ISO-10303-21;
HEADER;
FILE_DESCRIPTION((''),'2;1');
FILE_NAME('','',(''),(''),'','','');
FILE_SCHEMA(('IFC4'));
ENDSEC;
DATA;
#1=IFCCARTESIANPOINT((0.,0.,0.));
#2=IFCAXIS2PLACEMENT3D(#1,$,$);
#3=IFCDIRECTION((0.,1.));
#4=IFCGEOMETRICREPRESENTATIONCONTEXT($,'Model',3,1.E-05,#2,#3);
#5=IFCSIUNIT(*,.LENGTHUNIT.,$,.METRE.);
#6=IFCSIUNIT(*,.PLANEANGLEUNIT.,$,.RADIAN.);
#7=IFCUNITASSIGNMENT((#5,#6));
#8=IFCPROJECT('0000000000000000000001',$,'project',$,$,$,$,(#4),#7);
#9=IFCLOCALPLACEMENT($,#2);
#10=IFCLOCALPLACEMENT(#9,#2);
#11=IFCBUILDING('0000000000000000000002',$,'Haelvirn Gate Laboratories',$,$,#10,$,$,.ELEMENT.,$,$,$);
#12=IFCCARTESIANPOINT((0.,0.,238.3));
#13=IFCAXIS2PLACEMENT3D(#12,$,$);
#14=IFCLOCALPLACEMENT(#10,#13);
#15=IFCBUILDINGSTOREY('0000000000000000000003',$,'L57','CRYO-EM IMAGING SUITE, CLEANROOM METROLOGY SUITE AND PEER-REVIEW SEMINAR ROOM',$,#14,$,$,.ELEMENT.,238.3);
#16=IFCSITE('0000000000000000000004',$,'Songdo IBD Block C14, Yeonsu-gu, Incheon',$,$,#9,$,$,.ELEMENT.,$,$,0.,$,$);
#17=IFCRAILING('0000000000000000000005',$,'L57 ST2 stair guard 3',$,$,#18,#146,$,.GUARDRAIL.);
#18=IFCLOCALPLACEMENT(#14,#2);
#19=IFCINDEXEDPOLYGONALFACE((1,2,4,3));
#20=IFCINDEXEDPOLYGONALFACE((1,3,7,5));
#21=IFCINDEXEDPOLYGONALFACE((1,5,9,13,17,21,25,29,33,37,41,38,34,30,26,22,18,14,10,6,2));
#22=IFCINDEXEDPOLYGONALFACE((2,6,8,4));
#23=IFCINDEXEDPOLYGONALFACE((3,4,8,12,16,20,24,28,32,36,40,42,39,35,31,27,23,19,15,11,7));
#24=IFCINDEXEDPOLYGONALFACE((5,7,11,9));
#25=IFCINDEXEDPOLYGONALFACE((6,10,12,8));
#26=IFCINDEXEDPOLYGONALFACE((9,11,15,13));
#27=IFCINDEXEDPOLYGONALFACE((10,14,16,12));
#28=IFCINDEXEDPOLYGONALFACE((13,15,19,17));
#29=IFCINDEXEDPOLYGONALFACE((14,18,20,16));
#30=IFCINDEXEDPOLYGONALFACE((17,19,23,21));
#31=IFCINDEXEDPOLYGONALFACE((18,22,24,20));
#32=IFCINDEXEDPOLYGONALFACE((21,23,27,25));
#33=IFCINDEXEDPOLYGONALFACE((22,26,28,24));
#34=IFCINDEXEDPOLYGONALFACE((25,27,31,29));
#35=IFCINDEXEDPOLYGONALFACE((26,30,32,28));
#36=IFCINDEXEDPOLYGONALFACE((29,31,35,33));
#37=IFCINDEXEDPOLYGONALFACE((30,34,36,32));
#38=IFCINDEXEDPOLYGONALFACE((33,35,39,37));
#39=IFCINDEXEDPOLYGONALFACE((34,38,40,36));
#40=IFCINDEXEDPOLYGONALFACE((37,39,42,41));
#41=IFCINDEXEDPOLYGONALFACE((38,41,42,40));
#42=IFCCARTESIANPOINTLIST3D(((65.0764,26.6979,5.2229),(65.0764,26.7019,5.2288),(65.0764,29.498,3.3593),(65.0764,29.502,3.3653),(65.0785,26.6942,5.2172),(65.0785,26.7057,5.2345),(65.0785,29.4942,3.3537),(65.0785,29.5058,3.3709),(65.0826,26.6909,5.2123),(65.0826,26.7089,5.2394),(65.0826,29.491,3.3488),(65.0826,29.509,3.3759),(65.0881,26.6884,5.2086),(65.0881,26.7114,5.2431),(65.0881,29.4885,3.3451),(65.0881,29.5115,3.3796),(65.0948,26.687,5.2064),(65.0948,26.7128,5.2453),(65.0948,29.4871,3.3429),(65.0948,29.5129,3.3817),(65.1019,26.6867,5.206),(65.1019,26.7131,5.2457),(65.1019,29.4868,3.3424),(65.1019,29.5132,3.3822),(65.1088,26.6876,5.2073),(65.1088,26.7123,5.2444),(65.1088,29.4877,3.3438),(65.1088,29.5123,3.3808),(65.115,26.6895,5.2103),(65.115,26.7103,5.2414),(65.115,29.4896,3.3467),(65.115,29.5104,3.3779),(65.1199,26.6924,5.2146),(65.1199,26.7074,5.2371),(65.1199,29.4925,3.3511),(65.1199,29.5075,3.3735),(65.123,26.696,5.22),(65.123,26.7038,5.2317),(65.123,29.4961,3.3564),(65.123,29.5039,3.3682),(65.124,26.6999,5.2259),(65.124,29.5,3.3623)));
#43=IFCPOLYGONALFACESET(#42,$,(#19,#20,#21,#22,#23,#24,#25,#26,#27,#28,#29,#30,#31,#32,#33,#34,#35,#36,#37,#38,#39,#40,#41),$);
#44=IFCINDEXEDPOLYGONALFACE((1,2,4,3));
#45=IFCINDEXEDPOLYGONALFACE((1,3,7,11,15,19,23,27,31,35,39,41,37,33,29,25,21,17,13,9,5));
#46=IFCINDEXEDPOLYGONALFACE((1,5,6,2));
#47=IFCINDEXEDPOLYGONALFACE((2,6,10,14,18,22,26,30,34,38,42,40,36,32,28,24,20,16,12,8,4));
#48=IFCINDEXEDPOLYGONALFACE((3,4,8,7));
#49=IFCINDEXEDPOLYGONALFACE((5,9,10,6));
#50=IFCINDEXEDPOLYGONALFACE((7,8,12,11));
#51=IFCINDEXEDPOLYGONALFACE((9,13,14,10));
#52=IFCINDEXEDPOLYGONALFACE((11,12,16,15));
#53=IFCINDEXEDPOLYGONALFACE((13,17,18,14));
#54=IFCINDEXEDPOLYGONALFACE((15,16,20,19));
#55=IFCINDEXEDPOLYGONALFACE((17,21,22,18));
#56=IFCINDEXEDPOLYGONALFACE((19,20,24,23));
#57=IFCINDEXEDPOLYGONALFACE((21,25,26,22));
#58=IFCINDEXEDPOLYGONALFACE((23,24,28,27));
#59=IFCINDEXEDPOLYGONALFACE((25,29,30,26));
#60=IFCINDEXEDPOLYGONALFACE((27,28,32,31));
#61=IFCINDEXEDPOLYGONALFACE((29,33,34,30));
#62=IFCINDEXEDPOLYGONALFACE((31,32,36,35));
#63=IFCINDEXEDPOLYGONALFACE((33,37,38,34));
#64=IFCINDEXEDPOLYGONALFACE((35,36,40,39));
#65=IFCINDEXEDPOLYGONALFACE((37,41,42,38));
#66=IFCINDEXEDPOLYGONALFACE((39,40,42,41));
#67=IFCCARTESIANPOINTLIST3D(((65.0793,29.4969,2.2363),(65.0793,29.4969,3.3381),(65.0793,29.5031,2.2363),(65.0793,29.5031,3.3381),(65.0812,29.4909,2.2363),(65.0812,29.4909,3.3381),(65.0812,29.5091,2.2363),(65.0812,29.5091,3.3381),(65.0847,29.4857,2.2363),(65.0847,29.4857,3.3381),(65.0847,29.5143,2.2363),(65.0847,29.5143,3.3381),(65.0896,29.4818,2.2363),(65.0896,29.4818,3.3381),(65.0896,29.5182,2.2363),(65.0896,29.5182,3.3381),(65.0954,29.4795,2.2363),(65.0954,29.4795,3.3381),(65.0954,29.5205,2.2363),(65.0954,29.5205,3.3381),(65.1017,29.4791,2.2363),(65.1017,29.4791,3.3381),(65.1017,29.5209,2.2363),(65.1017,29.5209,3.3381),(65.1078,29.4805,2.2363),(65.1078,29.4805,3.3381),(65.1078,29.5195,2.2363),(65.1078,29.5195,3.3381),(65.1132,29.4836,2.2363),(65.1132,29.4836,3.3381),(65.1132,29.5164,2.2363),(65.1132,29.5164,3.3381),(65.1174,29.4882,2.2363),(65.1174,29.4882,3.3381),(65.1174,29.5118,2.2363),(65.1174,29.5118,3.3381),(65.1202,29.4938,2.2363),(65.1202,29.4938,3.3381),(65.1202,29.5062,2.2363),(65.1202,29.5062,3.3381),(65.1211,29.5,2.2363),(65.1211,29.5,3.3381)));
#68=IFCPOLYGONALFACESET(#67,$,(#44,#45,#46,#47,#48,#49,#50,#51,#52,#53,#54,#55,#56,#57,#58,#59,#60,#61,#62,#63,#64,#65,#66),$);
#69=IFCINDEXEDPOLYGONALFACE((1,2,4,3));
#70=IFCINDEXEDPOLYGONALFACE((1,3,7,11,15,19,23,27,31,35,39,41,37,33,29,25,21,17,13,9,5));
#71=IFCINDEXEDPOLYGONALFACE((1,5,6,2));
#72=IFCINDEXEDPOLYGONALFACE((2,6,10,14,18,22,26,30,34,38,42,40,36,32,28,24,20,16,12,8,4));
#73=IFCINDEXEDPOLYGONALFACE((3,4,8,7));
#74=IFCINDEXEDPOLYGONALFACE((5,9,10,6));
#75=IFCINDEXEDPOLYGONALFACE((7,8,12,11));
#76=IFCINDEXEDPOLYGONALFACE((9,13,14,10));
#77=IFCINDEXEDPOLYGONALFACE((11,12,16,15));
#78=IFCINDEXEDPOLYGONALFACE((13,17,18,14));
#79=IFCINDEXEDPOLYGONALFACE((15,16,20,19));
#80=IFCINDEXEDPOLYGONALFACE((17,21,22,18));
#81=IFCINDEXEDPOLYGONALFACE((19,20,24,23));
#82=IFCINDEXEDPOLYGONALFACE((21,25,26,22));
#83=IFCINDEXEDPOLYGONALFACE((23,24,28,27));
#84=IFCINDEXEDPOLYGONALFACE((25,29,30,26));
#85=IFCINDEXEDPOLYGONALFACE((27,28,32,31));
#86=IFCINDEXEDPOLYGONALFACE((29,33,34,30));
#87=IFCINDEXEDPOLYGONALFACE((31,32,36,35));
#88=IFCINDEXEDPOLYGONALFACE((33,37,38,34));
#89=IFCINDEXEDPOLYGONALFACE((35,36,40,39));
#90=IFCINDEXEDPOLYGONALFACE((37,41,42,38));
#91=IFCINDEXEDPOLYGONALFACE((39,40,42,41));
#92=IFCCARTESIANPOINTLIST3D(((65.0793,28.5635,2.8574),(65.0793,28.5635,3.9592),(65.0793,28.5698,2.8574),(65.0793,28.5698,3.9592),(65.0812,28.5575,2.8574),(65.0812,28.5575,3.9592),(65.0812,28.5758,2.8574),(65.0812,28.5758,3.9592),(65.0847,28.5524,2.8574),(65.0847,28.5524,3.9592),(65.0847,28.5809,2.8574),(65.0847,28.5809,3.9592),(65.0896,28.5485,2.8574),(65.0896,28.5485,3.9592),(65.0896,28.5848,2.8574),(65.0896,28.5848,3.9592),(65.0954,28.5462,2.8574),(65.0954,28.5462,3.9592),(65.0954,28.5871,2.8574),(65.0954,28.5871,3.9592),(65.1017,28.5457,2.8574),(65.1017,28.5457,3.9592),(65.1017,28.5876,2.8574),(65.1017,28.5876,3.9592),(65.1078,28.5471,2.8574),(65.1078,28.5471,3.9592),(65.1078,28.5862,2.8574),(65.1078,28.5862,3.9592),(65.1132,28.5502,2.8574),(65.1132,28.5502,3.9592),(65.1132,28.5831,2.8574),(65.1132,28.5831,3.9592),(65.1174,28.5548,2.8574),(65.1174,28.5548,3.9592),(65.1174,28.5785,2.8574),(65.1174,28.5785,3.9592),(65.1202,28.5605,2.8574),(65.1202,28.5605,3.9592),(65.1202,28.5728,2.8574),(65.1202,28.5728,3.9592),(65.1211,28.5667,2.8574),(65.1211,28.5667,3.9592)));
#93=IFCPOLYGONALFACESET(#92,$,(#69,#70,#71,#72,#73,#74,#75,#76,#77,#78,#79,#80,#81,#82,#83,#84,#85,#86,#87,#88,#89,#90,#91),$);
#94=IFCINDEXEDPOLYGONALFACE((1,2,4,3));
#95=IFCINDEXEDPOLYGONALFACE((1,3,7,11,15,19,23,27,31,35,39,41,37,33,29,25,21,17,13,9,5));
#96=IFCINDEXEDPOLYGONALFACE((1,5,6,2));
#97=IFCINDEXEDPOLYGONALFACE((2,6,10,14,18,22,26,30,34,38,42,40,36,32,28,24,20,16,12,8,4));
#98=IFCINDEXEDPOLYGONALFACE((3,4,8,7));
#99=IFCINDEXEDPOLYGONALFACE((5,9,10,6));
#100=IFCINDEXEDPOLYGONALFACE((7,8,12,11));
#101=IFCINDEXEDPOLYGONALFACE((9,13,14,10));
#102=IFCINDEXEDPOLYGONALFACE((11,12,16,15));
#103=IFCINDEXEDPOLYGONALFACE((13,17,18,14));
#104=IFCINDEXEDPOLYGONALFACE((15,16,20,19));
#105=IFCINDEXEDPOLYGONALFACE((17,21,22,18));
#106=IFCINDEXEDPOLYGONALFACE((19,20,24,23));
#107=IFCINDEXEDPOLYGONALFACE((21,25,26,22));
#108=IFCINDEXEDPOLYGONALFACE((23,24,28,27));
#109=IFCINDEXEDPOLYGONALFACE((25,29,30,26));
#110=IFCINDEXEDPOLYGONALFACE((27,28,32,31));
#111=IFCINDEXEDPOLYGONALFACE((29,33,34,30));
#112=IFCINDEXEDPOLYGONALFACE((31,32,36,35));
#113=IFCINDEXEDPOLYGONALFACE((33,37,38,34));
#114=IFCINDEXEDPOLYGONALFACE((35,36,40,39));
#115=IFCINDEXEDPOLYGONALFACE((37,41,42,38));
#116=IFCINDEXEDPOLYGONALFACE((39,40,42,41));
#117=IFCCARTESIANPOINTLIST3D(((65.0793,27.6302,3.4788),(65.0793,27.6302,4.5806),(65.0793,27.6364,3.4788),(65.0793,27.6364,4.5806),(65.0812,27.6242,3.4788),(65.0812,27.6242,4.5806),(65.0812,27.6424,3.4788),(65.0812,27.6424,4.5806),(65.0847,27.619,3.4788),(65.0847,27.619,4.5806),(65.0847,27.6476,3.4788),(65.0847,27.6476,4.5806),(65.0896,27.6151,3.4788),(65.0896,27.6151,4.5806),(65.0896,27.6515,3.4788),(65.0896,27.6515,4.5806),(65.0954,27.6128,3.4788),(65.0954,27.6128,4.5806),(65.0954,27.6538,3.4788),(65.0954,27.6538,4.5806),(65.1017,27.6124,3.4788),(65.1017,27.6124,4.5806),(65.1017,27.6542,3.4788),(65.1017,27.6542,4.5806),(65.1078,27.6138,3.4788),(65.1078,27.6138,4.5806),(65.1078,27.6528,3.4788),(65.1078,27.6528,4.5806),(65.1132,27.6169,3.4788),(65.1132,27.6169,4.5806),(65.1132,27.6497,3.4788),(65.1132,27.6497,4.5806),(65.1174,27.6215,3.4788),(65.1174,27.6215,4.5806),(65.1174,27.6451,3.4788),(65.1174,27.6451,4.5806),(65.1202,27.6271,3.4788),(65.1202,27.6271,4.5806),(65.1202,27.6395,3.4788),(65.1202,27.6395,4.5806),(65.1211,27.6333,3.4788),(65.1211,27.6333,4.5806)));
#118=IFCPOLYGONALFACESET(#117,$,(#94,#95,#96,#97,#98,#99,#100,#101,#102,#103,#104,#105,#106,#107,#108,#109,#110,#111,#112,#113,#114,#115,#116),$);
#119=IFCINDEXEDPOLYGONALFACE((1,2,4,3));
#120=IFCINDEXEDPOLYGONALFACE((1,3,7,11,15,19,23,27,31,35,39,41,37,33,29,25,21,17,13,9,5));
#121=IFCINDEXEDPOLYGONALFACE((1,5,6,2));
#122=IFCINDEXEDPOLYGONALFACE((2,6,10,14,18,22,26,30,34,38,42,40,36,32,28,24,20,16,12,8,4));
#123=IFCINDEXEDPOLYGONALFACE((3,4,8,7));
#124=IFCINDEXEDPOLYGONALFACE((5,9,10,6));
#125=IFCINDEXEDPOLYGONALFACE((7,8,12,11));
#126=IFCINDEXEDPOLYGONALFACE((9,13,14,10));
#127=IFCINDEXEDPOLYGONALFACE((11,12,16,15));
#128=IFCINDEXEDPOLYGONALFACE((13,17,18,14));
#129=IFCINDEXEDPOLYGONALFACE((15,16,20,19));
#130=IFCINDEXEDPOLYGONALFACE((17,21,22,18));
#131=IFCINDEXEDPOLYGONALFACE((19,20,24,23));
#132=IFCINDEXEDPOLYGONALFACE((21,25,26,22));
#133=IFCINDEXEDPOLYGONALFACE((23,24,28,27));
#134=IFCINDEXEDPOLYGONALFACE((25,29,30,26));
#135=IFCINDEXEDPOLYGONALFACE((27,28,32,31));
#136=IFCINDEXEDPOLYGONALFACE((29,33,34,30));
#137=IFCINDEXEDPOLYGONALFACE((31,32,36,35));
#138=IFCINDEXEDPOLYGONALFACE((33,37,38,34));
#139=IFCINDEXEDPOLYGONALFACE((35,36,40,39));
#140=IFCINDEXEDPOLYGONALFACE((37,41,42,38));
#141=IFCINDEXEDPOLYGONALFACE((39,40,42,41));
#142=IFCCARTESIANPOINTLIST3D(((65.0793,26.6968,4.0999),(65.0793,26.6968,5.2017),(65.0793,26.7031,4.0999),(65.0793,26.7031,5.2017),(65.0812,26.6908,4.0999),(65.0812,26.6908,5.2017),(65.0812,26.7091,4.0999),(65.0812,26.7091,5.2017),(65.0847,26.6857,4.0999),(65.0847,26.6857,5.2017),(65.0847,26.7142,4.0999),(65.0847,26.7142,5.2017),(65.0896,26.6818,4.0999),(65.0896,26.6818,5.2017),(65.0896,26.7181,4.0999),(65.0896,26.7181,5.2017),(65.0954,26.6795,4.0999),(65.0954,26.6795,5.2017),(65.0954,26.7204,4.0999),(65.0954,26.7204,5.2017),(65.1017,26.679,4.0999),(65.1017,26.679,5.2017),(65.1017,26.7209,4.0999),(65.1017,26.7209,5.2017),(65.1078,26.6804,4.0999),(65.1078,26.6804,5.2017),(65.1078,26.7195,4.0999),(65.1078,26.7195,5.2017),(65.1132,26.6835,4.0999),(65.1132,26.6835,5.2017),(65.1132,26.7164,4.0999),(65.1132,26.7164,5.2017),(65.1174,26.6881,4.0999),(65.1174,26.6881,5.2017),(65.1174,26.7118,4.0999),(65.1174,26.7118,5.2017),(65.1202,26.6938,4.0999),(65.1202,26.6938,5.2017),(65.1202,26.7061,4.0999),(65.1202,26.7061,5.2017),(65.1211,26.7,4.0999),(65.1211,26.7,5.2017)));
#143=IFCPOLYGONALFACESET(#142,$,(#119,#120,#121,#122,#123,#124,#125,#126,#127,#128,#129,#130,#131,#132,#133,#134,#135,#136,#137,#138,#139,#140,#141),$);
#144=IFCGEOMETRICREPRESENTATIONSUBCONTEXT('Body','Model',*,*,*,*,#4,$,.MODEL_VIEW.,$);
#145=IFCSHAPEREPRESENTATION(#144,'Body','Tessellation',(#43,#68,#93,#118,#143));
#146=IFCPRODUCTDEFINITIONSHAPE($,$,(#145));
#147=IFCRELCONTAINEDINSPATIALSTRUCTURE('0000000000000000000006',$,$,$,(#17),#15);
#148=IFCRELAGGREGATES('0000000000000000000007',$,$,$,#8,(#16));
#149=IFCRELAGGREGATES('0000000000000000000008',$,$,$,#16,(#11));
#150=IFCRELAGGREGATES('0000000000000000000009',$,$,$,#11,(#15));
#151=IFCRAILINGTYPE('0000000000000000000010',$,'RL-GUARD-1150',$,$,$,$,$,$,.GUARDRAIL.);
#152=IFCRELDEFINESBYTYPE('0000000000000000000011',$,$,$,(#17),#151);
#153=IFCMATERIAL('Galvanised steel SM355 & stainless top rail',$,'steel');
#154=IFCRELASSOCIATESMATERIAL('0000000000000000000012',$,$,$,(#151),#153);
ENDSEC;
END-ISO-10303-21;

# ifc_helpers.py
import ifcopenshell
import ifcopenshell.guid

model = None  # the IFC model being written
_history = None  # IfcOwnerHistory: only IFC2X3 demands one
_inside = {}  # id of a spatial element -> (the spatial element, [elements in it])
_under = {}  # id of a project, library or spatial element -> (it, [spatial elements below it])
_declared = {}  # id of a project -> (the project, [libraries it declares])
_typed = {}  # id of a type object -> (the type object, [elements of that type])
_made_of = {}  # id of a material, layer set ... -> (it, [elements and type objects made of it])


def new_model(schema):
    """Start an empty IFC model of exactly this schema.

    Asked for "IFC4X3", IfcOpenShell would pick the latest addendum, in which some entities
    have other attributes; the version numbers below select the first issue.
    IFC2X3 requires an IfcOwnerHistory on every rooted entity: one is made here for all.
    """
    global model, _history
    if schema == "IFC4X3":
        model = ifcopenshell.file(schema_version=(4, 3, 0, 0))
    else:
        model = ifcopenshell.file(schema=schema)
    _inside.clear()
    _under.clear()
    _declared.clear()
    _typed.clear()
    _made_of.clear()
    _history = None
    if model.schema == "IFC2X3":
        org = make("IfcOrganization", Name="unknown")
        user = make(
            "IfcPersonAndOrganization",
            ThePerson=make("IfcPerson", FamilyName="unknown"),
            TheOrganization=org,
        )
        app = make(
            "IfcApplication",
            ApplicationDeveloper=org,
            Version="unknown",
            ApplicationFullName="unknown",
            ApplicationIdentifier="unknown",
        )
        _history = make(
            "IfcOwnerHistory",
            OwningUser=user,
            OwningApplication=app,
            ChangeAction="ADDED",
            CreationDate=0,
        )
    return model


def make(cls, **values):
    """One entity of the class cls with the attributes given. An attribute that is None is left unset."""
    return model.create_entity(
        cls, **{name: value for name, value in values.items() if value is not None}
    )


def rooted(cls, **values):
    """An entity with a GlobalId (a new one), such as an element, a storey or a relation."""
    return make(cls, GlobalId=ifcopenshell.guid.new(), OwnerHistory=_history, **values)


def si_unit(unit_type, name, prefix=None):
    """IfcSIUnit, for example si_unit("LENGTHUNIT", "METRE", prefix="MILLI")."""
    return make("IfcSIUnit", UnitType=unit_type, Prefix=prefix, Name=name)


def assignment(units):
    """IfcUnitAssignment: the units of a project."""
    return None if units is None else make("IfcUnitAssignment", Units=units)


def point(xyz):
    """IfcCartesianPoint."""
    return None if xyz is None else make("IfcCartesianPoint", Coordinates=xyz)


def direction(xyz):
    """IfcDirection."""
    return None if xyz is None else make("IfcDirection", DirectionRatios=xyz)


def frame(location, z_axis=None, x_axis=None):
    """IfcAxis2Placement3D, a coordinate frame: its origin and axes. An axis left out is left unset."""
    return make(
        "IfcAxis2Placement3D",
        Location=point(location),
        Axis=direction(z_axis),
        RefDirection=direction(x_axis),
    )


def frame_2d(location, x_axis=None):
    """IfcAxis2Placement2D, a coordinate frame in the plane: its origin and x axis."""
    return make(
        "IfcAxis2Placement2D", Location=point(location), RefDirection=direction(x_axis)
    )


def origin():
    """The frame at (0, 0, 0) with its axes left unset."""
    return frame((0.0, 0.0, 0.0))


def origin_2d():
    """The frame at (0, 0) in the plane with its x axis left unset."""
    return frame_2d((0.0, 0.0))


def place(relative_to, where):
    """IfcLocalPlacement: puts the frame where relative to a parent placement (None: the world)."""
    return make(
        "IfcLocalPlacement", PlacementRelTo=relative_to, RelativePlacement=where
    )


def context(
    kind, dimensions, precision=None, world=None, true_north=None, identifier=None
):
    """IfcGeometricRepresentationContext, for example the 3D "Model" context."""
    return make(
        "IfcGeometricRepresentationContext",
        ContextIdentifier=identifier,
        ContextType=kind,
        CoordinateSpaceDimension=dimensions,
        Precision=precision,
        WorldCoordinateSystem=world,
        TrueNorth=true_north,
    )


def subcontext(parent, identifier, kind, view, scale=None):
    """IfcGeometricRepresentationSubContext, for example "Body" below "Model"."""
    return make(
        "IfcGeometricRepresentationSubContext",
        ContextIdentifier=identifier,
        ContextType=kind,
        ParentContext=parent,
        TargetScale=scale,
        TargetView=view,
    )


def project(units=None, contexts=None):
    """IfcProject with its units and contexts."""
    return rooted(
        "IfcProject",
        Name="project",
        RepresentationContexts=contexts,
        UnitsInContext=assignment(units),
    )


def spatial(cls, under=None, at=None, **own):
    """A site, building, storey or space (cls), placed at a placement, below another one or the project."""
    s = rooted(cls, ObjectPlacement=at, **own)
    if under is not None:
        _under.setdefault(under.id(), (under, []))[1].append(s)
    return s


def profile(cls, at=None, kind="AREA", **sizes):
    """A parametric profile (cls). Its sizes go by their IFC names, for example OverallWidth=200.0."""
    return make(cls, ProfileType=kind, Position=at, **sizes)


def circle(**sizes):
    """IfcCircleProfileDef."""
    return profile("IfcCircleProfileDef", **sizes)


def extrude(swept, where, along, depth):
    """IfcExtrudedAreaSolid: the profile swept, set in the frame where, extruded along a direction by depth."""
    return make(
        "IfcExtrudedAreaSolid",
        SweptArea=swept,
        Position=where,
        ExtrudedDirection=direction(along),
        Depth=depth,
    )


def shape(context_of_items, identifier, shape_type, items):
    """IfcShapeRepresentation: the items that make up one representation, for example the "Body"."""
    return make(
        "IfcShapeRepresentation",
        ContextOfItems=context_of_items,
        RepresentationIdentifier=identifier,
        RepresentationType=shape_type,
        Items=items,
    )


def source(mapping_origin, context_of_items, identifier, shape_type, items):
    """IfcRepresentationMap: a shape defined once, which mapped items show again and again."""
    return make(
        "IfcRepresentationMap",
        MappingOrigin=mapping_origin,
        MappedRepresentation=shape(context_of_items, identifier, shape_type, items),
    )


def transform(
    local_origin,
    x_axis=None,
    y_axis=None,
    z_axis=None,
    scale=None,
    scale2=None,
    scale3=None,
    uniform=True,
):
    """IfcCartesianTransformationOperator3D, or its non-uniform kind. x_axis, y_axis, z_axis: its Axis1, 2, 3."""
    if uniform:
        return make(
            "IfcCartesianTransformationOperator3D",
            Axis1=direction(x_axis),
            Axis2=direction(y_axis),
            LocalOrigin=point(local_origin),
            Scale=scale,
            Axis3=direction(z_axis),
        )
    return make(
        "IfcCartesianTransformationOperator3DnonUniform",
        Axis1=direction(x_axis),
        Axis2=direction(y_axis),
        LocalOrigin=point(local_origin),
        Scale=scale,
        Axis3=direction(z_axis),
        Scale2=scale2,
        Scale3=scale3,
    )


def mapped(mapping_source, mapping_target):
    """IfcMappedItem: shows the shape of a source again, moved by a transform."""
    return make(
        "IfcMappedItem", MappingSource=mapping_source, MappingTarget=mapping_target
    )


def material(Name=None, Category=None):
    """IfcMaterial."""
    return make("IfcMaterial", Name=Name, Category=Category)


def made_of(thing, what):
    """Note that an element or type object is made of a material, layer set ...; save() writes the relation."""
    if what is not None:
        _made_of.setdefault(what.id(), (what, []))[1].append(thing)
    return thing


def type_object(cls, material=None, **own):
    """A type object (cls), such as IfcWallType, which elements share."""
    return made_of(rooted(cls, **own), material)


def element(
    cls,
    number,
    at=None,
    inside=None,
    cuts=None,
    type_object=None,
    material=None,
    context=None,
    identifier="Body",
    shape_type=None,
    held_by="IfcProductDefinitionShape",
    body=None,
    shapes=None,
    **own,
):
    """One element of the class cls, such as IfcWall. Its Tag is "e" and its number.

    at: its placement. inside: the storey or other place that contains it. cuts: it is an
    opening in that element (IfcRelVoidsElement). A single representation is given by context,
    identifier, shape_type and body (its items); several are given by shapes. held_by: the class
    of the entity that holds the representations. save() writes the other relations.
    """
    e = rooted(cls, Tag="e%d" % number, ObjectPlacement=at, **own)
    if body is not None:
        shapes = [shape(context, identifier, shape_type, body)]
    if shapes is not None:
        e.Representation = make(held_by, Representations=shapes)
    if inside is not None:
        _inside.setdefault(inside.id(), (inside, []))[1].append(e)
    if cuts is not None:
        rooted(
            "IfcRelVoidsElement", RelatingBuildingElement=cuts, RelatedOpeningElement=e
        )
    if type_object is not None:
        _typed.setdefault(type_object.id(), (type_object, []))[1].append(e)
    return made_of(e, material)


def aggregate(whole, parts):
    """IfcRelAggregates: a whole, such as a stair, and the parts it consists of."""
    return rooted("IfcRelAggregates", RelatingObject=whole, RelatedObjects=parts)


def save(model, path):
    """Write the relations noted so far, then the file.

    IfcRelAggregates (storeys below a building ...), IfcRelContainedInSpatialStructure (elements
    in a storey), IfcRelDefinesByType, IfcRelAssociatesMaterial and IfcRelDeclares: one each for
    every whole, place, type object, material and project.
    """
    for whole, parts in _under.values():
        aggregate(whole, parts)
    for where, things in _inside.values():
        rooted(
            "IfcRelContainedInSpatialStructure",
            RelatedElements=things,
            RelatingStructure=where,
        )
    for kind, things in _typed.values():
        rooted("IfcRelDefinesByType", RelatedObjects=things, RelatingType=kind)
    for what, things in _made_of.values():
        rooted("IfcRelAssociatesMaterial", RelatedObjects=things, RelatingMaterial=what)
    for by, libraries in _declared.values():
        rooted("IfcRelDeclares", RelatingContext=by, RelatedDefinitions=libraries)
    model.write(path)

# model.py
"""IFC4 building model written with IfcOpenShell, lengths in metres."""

from ifc_helpers import new_model, si_unit, direction, frame, origin, origin_2d, place, context, subcontext, project, spatial, circle, extrude, source, transform, mapped, material, type_object, element, save


model = new_model("IFC4")

# Units and contexts
model_context = context("Model", 3, precision=1e-05, world=origin(), true_north=direction((0.0, 1.0)))
body_context = subcontext(model_context, "Body", "Model", "MODEL_VIEW")
ifc_project = project(units=[si_unit("LENGTHUNIT", "METRE"), si_unit("PLANEANGLEUNIT", "RADIAN")], contexts=[model_context])

# Site, building, storey
site_placement = place(None, origin())
site = spatial("IfcSite", under=ifc_project, at=site_placement, Name="Songdo IBD Block C14, Yeonsu-gu, Incheon", CompositionType="ELEMENT", RefElevation=0.0)
building_placement = place(site_placement, origin())
building = spatial("IfcBuilding", under=site, at=building_placement, Name="Haelvirn Gate Laboratories", CompositionType="ELEMENT")
storey_placement = place(building_placement, frame((0.0, 0.0, 238.3)))
storey = spatial("IfcBuildingStorey", under=building, at=storey_placement, Name="L57", Description="CRYO-EM IMAGING SUITE, CLEANROOM METROLOGY SUITE AND PEER-REVIEW SEMINAR ROOM", CompositionType="ELEMENT", Elevation=238.3)

# Railing
ifc_material_1 = material(Name="Galvanised steel SM355 & stainless top rail", Category="steel")
railing_type_1 = type_object("IfcRailingType", Name="RL-GUARD-1150", PredefinedType="GUARDRAIL", material=ifc_material_1)
shared_shape_1 = source(origin(), body_context, "Body", "SweptSolid", [
    extrude(circle(Radius=0.0239, at=origin_2d()), frame((0.0, 0.0, 1.126), z_axis=(0.0, -0.832486, 0.554047), x_axis=(1.0, 0.0, 0.0)), (0.0, 0.0, 1.0), 3.3635),
    extrude(circle(Radius=0.021, at=origin_2d()), origin(), (0.0, 0.0, 1.0), 1.1018),
    extrude(circle(Radius=0.021, at=origin_2d()), frame((0.0, -0.9333, 0.6211)), (0.0, 0.0, 1.0), 1.1018),
    extrude(circle(Radius=0.021, at=origin_2d()), frame((0.0, -1.8667, 1.2424)), (0.0, 0.0, 1.0), 1.1018),
    extrude(circle(Radius=0.021, at=origin_2d()), frame((0.0, -2.8, 1.8635)), (0.0, 0.0, 1.0), 1.1018),
])
railing_1_placement = place(storey_placement, frame((65.1001, 29.5, 2.2363)))
element("IfcRailing", 1, at=railing_1_placement, inside=storey, type_object=railing_type_1, Name="L57 ST2 stair guard 3", PredefinedType="GUARDRAIL", context=body_context, shape_type="MappedRepresentation", body=[
    mapped(shared_shape_1, transform((0.0, 0.0, 0.0), scale=1.0)),
])

save(model, "model.ifc")
